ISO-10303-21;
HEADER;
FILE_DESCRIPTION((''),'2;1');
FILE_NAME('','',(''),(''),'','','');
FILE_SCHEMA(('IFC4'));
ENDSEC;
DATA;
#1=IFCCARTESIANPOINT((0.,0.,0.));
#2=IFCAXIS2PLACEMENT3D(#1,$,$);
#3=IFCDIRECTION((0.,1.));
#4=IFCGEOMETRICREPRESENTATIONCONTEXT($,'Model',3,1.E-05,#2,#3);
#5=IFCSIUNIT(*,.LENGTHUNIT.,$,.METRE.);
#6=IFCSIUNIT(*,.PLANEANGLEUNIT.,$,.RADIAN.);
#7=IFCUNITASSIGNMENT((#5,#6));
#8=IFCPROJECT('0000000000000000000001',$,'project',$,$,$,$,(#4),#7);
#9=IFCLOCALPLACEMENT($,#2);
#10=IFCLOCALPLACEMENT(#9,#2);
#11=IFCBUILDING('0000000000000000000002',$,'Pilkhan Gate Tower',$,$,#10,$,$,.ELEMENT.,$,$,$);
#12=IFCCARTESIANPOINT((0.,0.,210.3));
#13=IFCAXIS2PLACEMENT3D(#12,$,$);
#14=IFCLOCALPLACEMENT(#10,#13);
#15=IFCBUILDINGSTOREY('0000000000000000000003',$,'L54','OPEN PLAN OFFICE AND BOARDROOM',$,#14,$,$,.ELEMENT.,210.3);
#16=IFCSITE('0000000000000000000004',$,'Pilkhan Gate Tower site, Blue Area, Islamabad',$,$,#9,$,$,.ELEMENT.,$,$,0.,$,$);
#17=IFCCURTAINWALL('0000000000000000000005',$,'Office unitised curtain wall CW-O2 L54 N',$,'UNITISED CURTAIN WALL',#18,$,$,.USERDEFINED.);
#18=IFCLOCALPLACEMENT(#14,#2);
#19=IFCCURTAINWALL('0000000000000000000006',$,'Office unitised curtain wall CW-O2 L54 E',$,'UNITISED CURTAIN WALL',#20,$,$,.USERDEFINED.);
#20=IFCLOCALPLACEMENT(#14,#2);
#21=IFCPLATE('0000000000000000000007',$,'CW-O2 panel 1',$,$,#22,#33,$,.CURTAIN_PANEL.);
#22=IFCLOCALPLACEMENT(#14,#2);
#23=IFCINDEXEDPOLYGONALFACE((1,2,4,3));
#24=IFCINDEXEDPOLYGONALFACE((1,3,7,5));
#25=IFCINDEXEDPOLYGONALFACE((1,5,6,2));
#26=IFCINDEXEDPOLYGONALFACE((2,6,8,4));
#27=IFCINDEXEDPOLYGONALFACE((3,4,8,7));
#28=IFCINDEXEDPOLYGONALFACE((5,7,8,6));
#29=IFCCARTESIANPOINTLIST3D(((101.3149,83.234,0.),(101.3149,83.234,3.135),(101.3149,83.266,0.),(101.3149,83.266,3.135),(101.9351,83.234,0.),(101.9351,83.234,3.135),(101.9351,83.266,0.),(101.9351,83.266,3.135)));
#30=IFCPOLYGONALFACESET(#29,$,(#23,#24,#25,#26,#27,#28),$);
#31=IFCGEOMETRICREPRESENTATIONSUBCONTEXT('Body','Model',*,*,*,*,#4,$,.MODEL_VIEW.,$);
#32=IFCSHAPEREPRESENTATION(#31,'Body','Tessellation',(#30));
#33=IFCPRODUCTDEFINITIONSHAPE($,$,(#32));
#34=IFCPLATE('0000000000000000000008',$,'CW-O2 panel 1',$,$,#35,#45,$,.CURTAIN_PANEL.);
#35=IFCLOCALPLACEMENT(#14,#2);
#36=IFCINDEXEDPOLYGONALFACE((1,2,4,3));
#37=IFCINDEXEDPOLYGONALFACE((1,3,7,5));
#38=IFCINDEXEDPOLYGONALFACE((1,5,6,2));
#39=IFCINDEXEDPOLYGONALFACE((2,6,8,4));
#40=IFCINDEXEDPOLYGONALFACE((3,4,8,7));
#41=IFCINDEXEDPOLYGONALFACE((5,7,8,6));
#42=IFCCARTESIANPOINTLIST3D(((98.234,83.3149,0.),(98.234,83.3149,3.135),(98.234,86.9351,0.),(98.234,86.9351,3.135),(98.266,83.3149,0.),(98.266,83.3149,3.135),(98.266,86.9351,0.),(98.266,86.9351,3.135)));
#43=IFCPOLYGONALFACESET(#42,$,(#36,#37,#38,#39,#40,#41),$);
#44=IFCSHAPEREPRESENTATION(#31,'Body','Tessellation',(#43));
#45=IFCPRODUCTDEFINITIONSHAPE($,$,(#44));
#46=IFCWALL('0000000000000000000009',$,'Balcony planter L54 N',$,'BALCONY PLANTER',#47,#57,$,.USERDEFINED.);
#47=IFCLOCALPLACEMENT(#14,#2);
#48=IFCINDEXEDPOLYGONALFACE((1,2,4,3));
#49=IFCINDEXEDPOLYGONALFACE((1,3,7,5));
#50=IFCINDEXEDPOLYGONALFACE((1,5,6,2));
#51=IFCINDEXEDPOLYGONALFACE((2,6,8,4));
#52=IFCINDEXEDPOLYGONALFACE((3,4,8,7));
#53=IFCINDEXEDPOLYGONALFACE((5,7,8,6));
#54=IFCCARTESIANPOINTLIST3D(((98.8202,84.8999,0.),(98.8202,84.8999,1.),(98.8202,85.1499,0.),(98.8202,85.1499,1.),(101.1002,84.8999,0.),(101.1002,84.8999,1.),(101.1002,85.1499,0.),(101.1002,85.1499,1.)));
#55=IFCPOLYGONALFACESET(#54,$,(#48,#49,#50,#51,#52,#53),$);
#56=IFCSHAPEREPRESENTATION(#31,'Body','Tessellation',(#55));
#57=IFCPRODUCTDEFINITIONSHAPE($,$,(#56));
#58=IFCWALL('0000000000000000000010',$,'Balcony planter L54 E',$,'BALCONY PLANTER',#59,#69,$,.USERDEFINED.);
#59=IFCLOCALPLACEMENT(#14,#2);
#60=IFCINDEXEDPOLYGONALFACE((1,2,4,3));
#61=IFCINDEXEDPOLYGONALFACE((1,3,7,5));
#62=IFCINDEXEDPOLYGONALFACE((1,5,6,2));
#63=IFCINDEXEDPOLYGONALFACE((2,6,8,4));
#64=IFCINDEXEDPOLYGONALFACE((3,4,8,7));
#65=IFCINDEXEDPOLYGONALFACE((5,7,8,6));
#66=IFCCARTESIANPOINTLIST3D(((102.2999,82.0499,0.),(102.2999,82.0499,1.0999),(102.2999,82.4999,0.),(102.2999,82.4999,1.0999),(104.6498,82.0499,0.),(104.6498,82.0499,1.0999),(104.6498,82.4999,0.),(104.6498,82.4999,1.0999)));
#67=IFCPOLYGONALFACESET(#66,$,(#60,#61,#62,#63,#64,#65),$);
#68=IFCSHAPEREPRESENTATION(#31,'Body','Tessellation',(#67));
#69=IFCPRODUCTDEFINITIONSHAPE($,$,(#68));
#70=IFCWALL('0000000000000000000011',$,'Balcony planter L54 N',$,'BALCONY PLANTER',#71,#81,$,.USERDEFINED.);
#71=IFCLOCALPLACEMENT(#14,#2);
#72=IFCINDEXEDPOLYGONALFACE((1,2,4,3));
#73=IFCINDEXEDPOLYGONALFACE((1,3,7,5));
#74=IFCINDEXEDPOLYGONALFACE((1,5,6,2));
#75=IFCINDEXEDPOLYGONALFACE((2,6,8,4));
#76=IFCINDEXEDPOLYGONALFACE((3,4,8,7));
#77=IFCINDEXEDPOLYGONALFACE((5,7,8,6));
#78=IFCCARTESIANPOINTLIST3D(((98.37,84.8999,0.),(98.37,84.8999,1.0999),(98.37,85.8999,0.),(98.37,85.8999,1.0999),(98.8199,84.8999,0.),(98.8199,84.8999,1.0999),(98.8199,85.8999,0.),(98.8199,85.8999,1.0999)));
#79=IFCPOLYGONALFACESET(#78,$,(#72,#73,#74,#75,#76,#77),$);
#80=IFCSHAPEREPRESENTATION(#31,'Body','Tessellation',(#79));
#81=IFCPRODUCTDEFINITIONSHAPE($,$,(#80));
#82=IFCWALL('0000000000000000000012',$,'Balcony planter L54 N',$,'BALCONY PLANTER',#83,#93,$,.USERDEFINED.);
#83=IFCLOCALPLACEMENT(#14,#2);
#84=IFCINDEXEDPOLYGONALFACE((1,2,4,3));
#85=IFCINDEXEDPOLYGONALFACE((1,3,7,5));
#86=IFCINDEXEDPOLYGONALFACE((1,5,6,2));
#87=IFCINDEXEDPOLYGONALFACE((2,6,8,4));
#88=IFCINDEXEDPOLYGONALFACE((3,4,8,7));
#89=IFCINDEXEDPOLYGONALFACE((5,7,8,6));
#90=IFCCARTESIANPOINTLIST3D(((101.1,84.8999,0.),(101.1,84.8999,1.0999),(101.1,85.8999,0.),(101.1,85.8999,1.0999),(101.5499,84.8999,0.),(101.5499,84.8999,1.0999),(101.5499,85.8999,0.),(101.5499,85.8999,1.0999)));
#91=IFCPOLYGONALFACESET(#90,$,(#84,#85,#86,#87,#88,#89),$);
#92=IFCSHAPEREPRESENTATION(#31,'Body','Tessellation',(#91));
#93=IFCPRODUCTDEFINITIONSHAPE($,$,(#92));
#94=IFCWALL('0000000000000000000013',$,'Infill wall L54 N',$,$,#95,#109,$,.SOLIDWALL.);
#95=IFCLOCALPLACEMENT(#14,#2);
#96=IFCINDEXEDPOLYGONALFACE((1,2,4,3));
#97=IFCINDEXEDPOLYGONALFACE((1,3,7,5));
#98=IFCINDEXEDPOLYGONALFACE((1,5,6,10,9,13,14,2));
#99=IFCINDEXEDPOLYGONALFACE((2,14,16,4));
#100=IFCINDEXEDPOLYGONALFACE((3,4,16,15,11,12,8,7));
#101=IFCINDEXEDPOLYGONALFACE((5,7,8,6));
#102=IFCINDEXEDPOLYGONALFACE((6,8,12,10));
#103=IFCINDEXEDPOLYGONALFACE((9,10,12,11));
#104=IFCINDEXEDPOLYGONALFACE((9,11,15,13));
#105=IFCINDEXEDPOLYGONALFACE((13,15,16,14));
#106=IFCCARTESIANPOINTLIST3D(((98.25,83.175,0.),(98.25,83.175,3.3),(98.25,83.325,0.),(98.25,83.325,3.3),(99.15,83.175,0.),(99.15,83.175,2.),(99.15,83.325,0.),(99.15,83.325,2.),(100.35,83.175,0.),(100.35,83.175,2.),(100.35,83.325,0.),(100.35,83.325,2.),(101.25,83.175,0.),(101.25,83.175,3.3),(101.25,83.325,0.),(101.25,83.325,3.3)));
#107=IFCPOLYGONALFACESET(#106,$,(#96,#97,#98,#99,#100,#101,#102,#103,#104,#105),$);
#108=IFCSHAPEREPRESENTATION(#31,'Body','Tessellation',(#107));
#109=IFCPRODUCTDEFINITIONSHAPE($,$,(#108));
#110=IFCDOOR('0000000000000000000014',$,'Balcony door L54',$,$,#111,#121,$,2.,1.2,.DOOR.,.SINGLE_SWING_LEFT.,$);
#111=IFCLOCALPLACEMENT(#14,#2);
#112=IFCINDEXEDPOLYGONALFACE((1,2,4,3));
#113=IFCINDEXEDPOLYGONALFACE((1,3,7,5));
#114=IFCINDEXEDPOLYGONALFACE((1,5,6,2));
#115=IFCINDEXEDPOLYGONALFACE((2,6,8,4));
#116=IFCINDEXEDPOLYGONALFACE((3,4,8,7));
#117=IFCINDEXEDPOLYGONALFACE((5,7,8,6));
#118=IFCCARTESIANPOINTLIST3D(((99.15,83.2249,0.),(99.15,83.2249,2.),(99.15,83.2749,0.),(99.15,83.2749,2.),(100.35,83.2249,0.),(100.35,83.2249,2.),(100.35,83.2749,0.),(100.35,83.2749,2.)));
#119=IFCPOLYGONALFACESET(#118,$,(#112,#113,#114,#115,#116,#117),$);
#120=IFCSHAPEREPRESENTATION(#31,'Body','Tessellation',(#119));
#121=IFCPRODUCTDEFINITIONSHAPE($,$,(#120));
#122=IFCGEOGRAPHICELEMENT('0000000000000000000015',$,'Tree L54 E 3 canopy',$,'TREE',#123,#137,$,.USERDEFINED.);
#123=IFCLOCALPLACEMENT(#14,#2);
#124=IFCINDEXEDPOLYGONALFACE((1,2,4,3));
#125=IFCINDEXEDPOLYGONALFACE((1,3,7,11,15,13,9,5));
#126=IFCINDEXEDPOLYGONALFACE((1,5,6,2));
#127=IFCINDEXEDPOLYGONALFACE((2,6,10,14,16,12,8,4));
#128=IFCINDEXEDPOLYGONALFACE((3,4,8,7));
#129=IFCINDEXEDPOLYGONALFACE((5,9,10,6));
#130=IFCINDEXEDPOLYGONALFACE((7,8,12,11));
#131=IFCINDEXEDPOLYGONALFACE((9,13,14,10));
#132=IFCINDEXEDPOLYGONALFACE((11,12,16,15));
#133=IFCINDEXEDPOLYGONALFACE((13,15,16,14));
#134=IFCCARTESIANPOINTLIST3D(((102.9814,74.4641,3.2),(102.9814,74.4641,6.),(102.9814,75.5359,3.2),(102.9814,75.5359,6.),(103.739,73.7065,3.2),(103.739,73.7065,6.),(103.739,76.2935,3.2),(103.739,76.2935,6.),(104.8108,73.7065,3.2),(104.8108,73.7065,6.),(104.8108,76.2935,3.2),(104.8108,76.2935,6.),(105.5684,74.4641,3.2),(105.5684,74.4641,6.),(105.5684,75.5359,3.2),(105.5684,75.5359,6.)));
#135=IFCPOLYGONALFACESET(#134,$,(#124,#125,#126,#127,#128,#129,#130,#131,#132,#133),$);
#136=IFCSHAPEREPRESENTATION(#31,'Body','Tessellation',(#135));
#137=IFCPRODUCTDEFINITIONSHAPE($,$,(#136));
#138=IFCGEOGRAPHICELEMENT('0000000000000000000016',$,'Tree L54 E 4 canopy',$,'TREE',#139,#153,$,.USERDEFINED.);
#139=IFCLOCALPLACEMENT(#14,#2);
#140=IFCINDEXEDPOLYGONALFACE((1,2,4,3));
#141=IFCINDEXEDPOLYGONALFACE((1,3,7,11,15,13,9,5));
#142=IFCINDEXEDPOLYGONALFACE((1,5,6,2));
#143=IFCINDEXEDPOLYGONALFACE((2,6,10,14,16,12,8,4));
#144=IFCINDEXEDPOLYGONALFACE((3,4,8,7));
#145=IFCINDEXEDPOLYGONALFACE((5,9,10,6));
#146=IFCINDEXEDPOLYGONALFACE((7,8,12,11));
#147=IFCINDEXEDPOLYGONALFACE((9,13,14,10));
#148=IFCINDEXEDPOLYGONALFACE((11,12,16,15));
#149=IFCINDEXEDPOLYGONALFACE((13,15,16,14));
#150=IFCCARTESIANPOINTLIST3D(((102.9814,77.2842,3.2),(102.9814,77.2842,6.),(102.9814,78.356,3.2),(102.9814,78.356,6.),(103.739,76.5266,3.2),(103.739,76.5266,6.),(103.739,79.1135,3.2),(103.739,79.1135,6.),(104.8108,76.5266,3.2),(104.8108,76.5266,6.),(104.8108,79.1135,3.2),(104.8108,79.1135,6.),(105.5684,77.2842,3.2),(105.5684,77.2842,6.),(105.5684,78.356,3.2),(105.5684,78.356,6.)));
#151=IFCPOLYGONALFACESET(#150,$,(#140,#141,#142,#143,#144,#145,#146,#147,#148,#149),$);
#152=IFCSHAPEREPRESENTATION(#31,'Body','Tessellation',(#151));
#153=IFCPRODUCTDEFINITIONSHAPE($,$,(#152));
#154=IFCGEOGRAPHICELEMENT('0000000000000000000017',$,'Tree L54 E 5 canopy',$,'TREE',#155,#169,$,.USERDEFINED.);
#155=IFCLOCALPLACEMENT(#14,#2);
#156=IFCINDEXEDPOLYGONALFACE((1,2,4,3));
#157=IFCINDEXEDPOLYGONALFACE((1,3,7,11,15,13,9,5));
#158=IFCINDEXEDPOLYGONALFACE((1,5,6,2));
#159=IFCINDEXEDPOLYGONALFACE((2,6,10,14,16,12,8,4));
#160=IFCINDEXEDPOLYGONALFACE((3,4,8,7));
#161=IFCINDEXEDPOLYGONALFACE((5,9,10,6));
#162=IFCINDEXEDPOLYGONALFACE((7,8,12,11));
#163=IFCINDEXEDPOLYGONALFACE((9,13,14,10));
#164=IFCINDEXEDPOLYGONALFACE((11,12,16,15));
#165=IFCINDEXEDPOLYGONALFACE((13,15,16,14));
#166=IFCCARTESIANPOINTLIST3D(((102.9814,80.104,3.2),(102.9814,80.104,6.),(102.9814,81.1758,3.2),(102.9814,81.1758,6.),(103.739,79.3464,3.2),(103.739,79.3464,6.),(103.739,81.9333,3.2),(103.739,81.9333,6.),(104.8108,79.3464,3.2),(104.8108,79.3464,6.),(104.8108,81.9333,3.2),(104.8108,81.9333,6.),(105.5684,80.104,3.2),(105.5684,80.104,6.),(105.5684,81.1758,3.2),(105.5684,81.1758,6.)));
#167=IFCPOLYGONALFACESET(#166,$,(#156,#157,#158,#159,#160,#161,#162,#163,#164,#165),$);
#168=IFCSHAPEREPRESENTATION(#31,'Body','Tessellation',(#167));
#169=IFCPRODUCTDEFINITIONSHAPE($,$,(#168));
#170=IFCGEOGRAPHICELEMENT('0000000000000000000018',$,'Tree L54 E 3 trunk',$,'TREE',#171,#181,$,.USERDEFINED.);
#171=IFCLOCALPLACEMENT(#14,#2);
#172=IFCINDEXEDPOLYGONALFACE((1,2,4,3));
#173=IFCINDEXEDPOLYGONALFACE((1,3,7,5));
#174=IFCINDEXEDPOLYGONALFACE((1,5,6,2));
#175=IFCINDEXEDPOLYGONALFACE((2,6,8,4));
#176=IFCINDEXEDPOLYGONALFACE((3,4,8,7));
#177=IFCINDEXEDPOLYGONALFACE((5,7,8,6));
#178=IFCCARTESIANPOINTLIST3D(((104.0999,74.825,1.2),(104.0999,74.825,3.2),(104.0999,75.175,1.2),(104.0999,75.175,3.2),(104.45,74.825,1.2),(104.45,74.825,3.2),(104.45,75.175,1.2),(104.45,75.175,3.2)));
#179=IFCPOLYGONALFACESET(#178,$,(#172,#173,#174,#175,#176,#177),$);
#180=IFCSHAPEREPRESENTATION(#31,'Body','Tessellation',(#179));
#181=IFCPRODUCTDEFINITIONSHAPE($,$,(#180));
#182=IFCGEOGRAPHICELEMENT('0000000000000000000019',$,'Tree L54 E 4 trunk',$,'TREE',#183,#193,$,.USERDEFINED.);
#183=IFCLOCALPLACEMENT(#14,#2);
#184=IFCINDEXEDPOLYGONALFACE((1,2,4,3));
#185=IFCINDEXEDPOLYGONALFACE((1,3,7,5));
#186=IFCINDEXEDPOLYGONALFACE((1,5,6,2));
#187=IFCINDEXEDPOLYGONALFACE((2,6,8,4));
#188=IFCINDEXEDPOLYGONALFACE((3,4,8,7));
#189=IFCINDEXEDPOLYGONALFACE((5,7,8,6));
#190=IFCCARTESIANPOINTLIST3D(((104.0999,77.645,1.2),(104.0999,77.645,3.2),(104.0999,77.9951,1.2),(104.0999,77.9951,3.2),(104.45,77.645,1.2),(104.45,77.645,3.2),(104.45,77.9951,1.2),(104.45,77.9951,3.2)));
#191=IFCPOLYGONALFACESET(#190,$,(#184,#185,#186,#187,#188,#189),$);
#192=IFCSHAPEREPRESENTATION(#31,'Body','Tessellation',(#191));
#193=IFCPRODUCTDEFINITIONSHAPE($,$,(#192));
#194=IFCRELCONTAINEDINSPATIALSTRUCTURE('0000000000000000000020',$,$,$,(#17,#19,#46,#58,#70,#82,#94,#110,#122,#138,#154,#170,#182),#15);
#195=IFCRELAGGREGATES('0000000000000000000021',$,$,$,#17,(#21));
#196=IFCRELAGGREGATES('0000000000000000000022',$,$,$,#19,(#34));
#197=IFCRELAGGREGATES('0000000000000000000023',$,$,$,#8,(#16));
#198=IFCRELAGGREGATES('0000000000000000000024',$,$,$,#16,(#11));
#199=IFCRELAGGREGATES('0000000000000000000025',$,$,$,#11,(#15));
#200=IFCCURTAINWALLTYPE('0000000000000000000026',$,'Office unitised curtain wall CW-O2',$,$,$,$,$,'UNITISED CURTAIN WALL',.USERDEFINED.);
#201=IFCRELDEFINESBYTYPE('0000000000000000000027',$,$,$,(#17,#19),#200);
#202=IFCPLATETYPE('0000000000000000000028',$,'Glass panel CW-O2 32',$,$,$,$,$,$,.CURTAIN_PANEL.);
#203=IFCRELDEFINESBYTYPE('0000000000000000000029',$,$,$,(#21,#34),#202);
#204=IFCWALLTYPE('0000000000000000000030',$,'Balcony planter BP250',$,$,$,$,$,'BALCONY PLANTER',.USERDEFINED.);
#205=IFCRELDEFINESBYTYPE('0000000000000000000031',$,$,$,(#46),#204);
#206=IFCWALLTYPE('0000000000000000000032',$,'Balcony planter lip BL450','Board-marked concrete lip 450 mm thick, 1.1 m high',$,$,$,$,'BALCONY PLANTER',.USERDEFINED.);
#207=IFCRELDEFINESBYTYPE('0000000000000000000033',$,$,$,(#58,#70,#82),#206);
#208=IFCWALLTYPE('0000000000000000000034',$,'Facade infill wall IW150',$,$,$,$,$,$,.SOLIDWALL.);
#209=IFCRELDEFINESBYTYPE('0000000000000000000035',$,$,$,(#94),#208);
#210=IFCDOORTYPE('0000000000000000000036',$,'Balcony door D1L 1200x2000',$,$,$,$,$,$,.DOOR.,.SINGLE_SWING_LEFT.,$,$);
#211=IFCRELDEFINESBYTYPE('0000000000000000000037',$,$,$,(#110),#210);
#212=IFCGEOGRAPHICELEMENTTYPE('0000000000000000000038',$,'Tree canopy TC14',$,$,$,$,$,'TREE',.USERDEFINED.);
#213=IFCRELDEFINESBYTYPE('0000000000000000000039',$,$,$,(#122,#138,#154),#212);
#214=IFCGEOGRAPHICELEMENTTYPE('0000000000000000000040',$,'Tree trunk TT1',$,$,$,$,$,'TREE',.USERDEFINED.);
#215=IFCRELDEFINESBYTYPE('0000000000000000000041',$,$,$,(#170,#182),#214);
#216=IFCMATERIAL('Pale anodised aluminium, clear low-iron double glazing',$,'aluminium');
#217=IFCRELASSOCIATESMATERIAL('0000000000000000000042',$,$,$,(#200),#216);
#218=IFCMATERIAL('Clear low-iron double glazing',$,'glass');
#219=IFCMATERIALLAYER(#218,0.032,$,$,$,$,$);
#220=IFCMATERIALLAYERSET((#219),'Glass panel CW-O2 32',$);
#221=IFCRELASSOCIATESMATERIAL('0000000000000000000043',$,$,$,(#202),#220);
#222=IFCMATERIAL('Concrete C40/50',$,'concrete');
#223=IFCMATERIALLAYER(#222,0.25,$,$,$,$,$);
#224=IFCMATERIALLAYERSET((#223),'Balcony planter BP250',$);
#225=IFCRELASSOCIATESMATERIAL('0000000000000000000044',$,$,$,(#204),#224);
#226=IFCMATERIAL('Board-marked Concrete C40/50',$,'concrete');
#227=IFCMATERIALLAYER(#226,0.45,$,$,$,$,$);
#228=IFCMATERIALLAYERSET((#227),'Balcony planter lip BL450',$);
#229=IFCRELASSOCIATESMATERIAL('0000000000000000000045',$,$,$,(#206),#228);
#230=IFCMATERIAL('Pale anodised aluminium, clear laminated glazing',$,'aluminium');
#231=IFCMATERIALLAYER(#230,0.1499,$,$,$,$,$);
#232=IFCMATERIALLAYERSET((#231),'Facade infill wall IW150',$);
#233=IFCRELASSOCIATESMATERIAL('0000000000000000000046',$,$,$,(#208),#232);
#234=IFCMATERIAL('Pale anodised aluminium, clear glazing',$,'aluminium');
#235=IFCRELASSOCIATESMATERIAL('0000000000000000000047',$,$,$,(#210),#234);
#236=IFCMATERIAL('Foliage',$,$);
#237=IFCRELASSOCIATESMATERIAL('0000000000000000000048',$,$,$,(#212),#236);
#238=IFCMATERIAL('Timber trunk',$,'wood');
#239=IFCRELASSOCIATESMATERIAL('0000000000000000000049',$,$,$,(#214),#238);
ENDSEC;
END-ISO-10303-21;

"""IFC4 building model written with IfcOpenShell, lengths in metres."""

from ifc_helpers import new_model, si_unit, direction, frame, frame_2d, origin, origin_2d, place, context, subcontext, project, spatial, polyline, rectangle, outline, extrude, material, layer, layer_set, material_profile, profile_set, type_object, element, fill, aggregate, save


model = new_model("IFC4")

# Units and contexts
model_context = context("Model", 3, precision=1e-05, world=origin(), true_north=direction((0.0, 1.0)))
body_context = subcontext(model_context, "Body", "Model", "MODEL_VIEW")
ifc_project = project(units=[si_unit("LENGTHUNIT", "METRE"), si_unit("PLANEANGLEUNIT", "RADIAN")], contexts=[model_context])

# Site, building, storey
site_placement = place(None, origin())
site = spatial("IfcSite", under=ifc_project, at=site_placement, Name="Pilkhan Gate Tower site, Blue Area, Islamabad", CompositionType="ELEMENT", RefElevation=0.0)
building_placement = place(site_placement, origin())
building = spatial("IfcBuilding", under=site, at=building_placement, Name="Pilkhan Gate Tower", CompositionType="ELEMENT")
storey_placement = place(building_placement, frame((0.0, 0.0, 210.3)))
storey = spatial("IfcBuildingStorey", under=building, at=storey_placement, Name="L54", Description="OPEN PLAN OFFICE AND BOARDROOM", CompositionType="ELEMENT", Elevation=210.3)

# Curtain wall
ifc_material_1 = material(Name="Pale anodised aluminium, clear low-iron double glazing", Category="aluminium")
curtain_wall_type = type_object("IfcCurtainWallType", Name="Office unitised curtain wall CW-O2", ElementType="UNITISED CURTAIN WALL", PredefinedType="USERDEFINED", material=ifc_material_1)
curtain_wall_1_placement = place(storey_placement, origin())
curtain_wall_1 = element("IfcCurtainWall", 1, at=curtain_wall_1_placement, inside=storey, type_object=curtain_wall_type, Name="Office unitised curtain wall CW-O2 L54 N", ObjectType="UNITISED CURTAIN WALL", PredefinedType="USERDEFINED")

# Curtain wall
curtain_wall_2_placement = place(storey_placement, origin())
curtain_wall_2 = element("IfcCurtainWall", 2, at=curtain_wall_2_placement, inside=storey, type_object=curtain_wall_type, Name="Office unitised curtain wall CW-O2 L54 E", ObjectType="UNITISED CURTAIN WALL", PredefinedType="USERDEFINED")

# Plates
ifc_material_2 = material(Name="Clear low-iron double glazing", Category="glass")
ifc_layer_1 = layer(ifc_material_2, 0.032)
ifc_layer_set_1 = layer_set([ifc_layer_1], Name="Glass panel CW-O2 32")
plate_type = type_object("IfcPlateType", Name="Glass panel CW-O2 32", PredefinedType="CURTAIN_PANEL", material=ifc_layer_set_1)
plate_1_placement = place(storey_placement, frame((101.625, 83.25, 0.0), z_axis=(0.0, 0.0, 1.0), x_axis=(1.0, 0.0, 0.0)))
plate_1 = element("IfcPlate", 3, at=plate_1_placement, type_object=plate_type, Name="CW-O2 panel 1", PredefinedType="CURTAIN_PANEL", context=body_context, shape_type="SweptSolid", body=[
    extrude(rectangle(XDim=0.6201, YDim=0.032, at=origin_2d()), origin(), (0.0, 0.0, 1.0), 3.135),
])
aggregate(curtain_wall_1, [plate_1])
plate_2_placement = place(storey_placement, frame((98.25, 85.125, 0.0), z_axis=(0.0, 0.0, 1.0), x_axis=(0.0, 1.0, 0.0)))
plate_2 = element("IfcPlate", 4, at=plate_2_placement, type_object=plate_type, Name="CW-O2 panel 1", PredefinedType="CURTAIN_PANEL", context=body_context, shape_type="SweptSolid", body=[
    extrude(rectangle(XDim=3.6201, YDim=0.032, at=origin_2d()), origin(), (0.0, 0.0, 1.0), 3.135),
])
aggregate(curtain_wall_2, [plate_2])

# Walls
ifc_material_3 = material(Name="Concrete C40/50", Category="concrete")
ifc_layer_2 = layer(ifc_material_3, 0.25)
ifc_layer_set_2 = layer_set([ifc_layer_2], Name="Balcony planter BP250")
wall_type_1 = type_object("IfcWallType", Name="Balcony planter BP250", ElementType="BALCONY PLANTER", PredefinedType="USERDEFINED", material=ifc_layer_set_2)
wall_1_placement = place(storey_placement, frame((98.8201, 85.0249, 0.0), z_axis=(0.0, 0.0, 1.0), x_axis=(1.0, 0.0, 0.0)))
element("IfcWall", 5, at=wall_1_placement, inside=storey, type_object=wall_type_1, Name="Balcony planter L54 N", ObjectType="BALCONY PLANTER", PredefinedType="USERDEFINED", context=body_context, shape_type="SweptSolid", body=[
    extrude(rectangle(XDim=2.28, YDim=0.25, at=frame_2d((1.1401, 0.0))), origin(), (0.0, 0.0, 1.0), 1.0),
])
ifc_material_4 = material(Name="Board-marked Concrete C40/50", Category="concrete")
ifc_layer_3 = layer(ifc_material_4, 0.45)
ifc_layer_set_3 = layer_set([ifc_layer_3], Name="Balcony planter lip BL450")
wall_type_2 = type_object("IfcWallType", Name="Balcony planter lip BL450", Description="Board-marked concrete lip 450 mm thick, 1.1 m high", ElementType="BALCONY PLANTER", PredefinedType="USERDEFINED", material=ifc_layer_set_3)
wall_2_placement = place(storey_placement, frame((102.3, 82.2749, 0.0), z_axis=(0.0, 0.0, 1.0), x_axis=(1.0, 0.0, 0.0)))
element("IfcWall", 6, at=wall_2_placement, inside=storey, type_object=wall_type_2, Name="Balcony planter L54 E", ObjectType="BALCONY PLANTER", PredefinedType="USERDEFINED", context=body_context, shape_type="SweptSolid", body=[
    extrude(rectangle(XDim=2.3499, YDim=0.45, at=frame_2d((1.1748, 0.0))), origin(), (0.0, 0.0, 1.0), 1.0999),
])
for number, where, z_axis, x_axis, name in (
    (7, (98.595, 84.8999, 0.0), (0.0, 0.0, 1.0), (0.0, 1.0, 0.0), "Balcony planter L54 N"),
    (8, (101.325, 84.8999, 0.0), (0.0, 0.0, 1.0), (0.0, 1.0, 0.0), "Balcony planter L54 N"),
):
    element("IfcWall", number, at=place(storey_placement, frame(where, z_axis=z_axis, x_axis=x_axis)), inside=storey, type_object=wall_type_2, Name=name, ObjectType="BALCONY PLANTER", PredefinedType="USERDEFINED", context=body_context, shape_type="SweptSolid", body=[
        extrude(rectangle(XDim=1.0, YDim=0.45, at=frame_2d((0.5, 0.0))), origin(), (0.0, 0.0, 1.0), 1.0999),
    ])

# Wall, opening, door
ifc_material_5 = material(Name="Pale anodised aluminium, clear laminated glazing", Category="aluminium")
ifc_layer_4 = layer(ifc_material_5, 0.1499)
ifc_layer_set_4 = layer_set([ifc_layer_4], Name="Facade infill wall IW150")
wall_type_3 = type_object("IfcWallType", Name="Facade infill wall IW150", PredefinedType="SOLIDWALL", material=ifc_layer_set_4)
ifc_material_6 = material(Name="Pale anodised aluminium, clear glazing", Category="aluminium")
wall_3_placement = place(storey_placement, frame((98.25, 83.25, 0.0), z_axis=(0.0, 0.0, 1.0), x_axis=(1.0, 0.0, 0.0)))
wall_3 = element("IfcWall", 9, at=wall_3_placement, inside=storey, type_object=wall_type_3, Name="Infill wall L54 N", PredefinedType="SOLIDWALL", context=body_context, shape_type="SweptSolid", body=[
    extrude(rectangle(XDim=3.0, YDim=0.1499, at=frame_2d((1.5, 0.0))), origin(), (0.0, 0.0, 1.0), 3.3),
])
opening_1_placement = place(wall_3_placement, frame((0.8999, 0.0, 0.0)))
opening_1 = element("IfcOpeningElement", 10, at=opening_1_placement, cuts=wall_3, PredefinedType="OPENING", context=body_context, shape_type="SweptSolid", body=[
    extrude(rectangle(XDim=1.2, YDim=2.0, at=frame_2d((0.6001, 1.0))), frame((0.0, 0.085, 0.0), z_axis=(0.0, -1.0, 0.0), x_axis=(1.0, 0.0, 0.0)), (0.0, 0.0, 1.0), 0.1699),
])
door_type_1 = type_object("IfcDoorType", Name="Balcony door D1L 1200x2000", OperationType="SINGLE_SWING_LEFT", PredefinedType="DOOR", material=ifc_material_6)
door_1_placement = place(opening_1_placement, origin())
door_1 = element("IfcDoor", 11, at=door_1_placement, inside=storey, type_object=door_type_1, Name="Balcony door L54", OperationType="SINGLE_SWING_LEFT", OverallHeight=2.0, OverallWidth=1.2, PredefinedType="DOOR", context=body_context, shape_type="SweptSolid", body=[
    extrude(rectangle(XDim=1.2, YDim=2.0, at=frame_2d((0.6001, 1.0))), frame((0.0, 0.0249, 0.0), z_axis=(0.0, -1.0, 0.0), x_axis=(1.0, 0.0, 0.0)), (0.0, 0.0, 1.0), 0.05),
])
fill(opening_1, door_1)

# Geographic elements
ifc_material_7 = material(Name="Foliage")
ifc_material_profile_1 = material_profile(ifc_material_7, outline(polyline([(1.2935, 0.5359), (0.5359, 1.2935), (-0.5359, 1.2935), (-1.2935, 0.5359), (-1.2935, -0.5359), (-0.5359, -1.2935), (0.5359, -1.2935), (1.2935, -0.5359), (1.2935, 0.5359)])), Name="Canopy D2.8")
ifc_profile_set_1 = profile_set([ifc_material_profile_1], Name="Foliage")
geographic_element_type_1 = type_object("IfcGeographicElementType", Name="Tree canopy TC14", ElementType="TREE", PredefinedType="USERDEFINED", material=ifc_profile_set_1)
for number, where, z_axis, x_axis, name in (
    (12, (104.2749, 75.0, 3.2), (0.0, 0.0, 1.0), (1.0, 0.0, 0.0), "Tree L54 E 3 canopy"),
    (13, (104.2749, 77.8201, 3.2), (0.0, 0.0, 1.0), (1.0, 0.0, 0.0), "Tree L54 E 4 canopy"),
    (14, (104.2749, 80.6399, 3.2), (0.0, 0.0, 1.0), (1.0, 0.0, 0.0), "Tree L54 E 5 canopy"),
):
    element("IfcGeographicElement", number, at=place(storey_placement, frame(where, z_axis=z_axis, x_axis=x_axis)), inside=storey, type_object=geographic_element_type_1, Name=name, ObjectType="TREE", PredefinedType="USERDEFINED", context=body_context, shape_type="SweptSolid", body=[
        extrude(outline(polyline([(1.2935, 0.5359), (0.5359, 1.2935), (-0.5359, 1.2935), (-1.2935, 0.5359), (-1.2935, -0.5359), (-0.5359, -1.2935), (0.5359, -1.2935), (1.2935, -0.5359), (1.2935, 0.5359)])), origin(), (0.0, 0.0, 1.0), 2.8),
    ])
ifc_material_8 = material(Name="Timber trunk", Category="wood")
geographic_element_type_2 = type_object("IfcGeographicElementType", Name="Tree trunk TT1", ElementType="TREE", PredefinedType="USERDEFINED", material=ifc_material_8)
for number, where, z_axis, x_axis, name in (
    (15, (104.2749, 75.0, 1.2), (0.0, 0.0, 1.0), (1.0, 0.0, 0.0), "Tree L54 E 3 trunk"),
    (16, (104.2749, 77.8201, 1.2), (0.0, 0.0, 1.0), (1.0, 0.0, 0.0), "Tree L54 E 4 trunk"),
):
    element("IfcGeographicElement", number, at=place(storey_placement, frame(where, z_axis=z_axis, x_axis=x_axis)), inside=storey, type_object=geographic_element_type_2, Name=name, ObjectType="TREE", PredefinedType="USERDEFINED", context=body_context, shape_type="SweptSolid", body=[
        extrude(rectangle(XDim=0.3501, YDim=0.3501, at=origin_2d()), origin(), (0.0, 0.0, 1.0), 2.0),
    ])

save(model, "model.ifc")
